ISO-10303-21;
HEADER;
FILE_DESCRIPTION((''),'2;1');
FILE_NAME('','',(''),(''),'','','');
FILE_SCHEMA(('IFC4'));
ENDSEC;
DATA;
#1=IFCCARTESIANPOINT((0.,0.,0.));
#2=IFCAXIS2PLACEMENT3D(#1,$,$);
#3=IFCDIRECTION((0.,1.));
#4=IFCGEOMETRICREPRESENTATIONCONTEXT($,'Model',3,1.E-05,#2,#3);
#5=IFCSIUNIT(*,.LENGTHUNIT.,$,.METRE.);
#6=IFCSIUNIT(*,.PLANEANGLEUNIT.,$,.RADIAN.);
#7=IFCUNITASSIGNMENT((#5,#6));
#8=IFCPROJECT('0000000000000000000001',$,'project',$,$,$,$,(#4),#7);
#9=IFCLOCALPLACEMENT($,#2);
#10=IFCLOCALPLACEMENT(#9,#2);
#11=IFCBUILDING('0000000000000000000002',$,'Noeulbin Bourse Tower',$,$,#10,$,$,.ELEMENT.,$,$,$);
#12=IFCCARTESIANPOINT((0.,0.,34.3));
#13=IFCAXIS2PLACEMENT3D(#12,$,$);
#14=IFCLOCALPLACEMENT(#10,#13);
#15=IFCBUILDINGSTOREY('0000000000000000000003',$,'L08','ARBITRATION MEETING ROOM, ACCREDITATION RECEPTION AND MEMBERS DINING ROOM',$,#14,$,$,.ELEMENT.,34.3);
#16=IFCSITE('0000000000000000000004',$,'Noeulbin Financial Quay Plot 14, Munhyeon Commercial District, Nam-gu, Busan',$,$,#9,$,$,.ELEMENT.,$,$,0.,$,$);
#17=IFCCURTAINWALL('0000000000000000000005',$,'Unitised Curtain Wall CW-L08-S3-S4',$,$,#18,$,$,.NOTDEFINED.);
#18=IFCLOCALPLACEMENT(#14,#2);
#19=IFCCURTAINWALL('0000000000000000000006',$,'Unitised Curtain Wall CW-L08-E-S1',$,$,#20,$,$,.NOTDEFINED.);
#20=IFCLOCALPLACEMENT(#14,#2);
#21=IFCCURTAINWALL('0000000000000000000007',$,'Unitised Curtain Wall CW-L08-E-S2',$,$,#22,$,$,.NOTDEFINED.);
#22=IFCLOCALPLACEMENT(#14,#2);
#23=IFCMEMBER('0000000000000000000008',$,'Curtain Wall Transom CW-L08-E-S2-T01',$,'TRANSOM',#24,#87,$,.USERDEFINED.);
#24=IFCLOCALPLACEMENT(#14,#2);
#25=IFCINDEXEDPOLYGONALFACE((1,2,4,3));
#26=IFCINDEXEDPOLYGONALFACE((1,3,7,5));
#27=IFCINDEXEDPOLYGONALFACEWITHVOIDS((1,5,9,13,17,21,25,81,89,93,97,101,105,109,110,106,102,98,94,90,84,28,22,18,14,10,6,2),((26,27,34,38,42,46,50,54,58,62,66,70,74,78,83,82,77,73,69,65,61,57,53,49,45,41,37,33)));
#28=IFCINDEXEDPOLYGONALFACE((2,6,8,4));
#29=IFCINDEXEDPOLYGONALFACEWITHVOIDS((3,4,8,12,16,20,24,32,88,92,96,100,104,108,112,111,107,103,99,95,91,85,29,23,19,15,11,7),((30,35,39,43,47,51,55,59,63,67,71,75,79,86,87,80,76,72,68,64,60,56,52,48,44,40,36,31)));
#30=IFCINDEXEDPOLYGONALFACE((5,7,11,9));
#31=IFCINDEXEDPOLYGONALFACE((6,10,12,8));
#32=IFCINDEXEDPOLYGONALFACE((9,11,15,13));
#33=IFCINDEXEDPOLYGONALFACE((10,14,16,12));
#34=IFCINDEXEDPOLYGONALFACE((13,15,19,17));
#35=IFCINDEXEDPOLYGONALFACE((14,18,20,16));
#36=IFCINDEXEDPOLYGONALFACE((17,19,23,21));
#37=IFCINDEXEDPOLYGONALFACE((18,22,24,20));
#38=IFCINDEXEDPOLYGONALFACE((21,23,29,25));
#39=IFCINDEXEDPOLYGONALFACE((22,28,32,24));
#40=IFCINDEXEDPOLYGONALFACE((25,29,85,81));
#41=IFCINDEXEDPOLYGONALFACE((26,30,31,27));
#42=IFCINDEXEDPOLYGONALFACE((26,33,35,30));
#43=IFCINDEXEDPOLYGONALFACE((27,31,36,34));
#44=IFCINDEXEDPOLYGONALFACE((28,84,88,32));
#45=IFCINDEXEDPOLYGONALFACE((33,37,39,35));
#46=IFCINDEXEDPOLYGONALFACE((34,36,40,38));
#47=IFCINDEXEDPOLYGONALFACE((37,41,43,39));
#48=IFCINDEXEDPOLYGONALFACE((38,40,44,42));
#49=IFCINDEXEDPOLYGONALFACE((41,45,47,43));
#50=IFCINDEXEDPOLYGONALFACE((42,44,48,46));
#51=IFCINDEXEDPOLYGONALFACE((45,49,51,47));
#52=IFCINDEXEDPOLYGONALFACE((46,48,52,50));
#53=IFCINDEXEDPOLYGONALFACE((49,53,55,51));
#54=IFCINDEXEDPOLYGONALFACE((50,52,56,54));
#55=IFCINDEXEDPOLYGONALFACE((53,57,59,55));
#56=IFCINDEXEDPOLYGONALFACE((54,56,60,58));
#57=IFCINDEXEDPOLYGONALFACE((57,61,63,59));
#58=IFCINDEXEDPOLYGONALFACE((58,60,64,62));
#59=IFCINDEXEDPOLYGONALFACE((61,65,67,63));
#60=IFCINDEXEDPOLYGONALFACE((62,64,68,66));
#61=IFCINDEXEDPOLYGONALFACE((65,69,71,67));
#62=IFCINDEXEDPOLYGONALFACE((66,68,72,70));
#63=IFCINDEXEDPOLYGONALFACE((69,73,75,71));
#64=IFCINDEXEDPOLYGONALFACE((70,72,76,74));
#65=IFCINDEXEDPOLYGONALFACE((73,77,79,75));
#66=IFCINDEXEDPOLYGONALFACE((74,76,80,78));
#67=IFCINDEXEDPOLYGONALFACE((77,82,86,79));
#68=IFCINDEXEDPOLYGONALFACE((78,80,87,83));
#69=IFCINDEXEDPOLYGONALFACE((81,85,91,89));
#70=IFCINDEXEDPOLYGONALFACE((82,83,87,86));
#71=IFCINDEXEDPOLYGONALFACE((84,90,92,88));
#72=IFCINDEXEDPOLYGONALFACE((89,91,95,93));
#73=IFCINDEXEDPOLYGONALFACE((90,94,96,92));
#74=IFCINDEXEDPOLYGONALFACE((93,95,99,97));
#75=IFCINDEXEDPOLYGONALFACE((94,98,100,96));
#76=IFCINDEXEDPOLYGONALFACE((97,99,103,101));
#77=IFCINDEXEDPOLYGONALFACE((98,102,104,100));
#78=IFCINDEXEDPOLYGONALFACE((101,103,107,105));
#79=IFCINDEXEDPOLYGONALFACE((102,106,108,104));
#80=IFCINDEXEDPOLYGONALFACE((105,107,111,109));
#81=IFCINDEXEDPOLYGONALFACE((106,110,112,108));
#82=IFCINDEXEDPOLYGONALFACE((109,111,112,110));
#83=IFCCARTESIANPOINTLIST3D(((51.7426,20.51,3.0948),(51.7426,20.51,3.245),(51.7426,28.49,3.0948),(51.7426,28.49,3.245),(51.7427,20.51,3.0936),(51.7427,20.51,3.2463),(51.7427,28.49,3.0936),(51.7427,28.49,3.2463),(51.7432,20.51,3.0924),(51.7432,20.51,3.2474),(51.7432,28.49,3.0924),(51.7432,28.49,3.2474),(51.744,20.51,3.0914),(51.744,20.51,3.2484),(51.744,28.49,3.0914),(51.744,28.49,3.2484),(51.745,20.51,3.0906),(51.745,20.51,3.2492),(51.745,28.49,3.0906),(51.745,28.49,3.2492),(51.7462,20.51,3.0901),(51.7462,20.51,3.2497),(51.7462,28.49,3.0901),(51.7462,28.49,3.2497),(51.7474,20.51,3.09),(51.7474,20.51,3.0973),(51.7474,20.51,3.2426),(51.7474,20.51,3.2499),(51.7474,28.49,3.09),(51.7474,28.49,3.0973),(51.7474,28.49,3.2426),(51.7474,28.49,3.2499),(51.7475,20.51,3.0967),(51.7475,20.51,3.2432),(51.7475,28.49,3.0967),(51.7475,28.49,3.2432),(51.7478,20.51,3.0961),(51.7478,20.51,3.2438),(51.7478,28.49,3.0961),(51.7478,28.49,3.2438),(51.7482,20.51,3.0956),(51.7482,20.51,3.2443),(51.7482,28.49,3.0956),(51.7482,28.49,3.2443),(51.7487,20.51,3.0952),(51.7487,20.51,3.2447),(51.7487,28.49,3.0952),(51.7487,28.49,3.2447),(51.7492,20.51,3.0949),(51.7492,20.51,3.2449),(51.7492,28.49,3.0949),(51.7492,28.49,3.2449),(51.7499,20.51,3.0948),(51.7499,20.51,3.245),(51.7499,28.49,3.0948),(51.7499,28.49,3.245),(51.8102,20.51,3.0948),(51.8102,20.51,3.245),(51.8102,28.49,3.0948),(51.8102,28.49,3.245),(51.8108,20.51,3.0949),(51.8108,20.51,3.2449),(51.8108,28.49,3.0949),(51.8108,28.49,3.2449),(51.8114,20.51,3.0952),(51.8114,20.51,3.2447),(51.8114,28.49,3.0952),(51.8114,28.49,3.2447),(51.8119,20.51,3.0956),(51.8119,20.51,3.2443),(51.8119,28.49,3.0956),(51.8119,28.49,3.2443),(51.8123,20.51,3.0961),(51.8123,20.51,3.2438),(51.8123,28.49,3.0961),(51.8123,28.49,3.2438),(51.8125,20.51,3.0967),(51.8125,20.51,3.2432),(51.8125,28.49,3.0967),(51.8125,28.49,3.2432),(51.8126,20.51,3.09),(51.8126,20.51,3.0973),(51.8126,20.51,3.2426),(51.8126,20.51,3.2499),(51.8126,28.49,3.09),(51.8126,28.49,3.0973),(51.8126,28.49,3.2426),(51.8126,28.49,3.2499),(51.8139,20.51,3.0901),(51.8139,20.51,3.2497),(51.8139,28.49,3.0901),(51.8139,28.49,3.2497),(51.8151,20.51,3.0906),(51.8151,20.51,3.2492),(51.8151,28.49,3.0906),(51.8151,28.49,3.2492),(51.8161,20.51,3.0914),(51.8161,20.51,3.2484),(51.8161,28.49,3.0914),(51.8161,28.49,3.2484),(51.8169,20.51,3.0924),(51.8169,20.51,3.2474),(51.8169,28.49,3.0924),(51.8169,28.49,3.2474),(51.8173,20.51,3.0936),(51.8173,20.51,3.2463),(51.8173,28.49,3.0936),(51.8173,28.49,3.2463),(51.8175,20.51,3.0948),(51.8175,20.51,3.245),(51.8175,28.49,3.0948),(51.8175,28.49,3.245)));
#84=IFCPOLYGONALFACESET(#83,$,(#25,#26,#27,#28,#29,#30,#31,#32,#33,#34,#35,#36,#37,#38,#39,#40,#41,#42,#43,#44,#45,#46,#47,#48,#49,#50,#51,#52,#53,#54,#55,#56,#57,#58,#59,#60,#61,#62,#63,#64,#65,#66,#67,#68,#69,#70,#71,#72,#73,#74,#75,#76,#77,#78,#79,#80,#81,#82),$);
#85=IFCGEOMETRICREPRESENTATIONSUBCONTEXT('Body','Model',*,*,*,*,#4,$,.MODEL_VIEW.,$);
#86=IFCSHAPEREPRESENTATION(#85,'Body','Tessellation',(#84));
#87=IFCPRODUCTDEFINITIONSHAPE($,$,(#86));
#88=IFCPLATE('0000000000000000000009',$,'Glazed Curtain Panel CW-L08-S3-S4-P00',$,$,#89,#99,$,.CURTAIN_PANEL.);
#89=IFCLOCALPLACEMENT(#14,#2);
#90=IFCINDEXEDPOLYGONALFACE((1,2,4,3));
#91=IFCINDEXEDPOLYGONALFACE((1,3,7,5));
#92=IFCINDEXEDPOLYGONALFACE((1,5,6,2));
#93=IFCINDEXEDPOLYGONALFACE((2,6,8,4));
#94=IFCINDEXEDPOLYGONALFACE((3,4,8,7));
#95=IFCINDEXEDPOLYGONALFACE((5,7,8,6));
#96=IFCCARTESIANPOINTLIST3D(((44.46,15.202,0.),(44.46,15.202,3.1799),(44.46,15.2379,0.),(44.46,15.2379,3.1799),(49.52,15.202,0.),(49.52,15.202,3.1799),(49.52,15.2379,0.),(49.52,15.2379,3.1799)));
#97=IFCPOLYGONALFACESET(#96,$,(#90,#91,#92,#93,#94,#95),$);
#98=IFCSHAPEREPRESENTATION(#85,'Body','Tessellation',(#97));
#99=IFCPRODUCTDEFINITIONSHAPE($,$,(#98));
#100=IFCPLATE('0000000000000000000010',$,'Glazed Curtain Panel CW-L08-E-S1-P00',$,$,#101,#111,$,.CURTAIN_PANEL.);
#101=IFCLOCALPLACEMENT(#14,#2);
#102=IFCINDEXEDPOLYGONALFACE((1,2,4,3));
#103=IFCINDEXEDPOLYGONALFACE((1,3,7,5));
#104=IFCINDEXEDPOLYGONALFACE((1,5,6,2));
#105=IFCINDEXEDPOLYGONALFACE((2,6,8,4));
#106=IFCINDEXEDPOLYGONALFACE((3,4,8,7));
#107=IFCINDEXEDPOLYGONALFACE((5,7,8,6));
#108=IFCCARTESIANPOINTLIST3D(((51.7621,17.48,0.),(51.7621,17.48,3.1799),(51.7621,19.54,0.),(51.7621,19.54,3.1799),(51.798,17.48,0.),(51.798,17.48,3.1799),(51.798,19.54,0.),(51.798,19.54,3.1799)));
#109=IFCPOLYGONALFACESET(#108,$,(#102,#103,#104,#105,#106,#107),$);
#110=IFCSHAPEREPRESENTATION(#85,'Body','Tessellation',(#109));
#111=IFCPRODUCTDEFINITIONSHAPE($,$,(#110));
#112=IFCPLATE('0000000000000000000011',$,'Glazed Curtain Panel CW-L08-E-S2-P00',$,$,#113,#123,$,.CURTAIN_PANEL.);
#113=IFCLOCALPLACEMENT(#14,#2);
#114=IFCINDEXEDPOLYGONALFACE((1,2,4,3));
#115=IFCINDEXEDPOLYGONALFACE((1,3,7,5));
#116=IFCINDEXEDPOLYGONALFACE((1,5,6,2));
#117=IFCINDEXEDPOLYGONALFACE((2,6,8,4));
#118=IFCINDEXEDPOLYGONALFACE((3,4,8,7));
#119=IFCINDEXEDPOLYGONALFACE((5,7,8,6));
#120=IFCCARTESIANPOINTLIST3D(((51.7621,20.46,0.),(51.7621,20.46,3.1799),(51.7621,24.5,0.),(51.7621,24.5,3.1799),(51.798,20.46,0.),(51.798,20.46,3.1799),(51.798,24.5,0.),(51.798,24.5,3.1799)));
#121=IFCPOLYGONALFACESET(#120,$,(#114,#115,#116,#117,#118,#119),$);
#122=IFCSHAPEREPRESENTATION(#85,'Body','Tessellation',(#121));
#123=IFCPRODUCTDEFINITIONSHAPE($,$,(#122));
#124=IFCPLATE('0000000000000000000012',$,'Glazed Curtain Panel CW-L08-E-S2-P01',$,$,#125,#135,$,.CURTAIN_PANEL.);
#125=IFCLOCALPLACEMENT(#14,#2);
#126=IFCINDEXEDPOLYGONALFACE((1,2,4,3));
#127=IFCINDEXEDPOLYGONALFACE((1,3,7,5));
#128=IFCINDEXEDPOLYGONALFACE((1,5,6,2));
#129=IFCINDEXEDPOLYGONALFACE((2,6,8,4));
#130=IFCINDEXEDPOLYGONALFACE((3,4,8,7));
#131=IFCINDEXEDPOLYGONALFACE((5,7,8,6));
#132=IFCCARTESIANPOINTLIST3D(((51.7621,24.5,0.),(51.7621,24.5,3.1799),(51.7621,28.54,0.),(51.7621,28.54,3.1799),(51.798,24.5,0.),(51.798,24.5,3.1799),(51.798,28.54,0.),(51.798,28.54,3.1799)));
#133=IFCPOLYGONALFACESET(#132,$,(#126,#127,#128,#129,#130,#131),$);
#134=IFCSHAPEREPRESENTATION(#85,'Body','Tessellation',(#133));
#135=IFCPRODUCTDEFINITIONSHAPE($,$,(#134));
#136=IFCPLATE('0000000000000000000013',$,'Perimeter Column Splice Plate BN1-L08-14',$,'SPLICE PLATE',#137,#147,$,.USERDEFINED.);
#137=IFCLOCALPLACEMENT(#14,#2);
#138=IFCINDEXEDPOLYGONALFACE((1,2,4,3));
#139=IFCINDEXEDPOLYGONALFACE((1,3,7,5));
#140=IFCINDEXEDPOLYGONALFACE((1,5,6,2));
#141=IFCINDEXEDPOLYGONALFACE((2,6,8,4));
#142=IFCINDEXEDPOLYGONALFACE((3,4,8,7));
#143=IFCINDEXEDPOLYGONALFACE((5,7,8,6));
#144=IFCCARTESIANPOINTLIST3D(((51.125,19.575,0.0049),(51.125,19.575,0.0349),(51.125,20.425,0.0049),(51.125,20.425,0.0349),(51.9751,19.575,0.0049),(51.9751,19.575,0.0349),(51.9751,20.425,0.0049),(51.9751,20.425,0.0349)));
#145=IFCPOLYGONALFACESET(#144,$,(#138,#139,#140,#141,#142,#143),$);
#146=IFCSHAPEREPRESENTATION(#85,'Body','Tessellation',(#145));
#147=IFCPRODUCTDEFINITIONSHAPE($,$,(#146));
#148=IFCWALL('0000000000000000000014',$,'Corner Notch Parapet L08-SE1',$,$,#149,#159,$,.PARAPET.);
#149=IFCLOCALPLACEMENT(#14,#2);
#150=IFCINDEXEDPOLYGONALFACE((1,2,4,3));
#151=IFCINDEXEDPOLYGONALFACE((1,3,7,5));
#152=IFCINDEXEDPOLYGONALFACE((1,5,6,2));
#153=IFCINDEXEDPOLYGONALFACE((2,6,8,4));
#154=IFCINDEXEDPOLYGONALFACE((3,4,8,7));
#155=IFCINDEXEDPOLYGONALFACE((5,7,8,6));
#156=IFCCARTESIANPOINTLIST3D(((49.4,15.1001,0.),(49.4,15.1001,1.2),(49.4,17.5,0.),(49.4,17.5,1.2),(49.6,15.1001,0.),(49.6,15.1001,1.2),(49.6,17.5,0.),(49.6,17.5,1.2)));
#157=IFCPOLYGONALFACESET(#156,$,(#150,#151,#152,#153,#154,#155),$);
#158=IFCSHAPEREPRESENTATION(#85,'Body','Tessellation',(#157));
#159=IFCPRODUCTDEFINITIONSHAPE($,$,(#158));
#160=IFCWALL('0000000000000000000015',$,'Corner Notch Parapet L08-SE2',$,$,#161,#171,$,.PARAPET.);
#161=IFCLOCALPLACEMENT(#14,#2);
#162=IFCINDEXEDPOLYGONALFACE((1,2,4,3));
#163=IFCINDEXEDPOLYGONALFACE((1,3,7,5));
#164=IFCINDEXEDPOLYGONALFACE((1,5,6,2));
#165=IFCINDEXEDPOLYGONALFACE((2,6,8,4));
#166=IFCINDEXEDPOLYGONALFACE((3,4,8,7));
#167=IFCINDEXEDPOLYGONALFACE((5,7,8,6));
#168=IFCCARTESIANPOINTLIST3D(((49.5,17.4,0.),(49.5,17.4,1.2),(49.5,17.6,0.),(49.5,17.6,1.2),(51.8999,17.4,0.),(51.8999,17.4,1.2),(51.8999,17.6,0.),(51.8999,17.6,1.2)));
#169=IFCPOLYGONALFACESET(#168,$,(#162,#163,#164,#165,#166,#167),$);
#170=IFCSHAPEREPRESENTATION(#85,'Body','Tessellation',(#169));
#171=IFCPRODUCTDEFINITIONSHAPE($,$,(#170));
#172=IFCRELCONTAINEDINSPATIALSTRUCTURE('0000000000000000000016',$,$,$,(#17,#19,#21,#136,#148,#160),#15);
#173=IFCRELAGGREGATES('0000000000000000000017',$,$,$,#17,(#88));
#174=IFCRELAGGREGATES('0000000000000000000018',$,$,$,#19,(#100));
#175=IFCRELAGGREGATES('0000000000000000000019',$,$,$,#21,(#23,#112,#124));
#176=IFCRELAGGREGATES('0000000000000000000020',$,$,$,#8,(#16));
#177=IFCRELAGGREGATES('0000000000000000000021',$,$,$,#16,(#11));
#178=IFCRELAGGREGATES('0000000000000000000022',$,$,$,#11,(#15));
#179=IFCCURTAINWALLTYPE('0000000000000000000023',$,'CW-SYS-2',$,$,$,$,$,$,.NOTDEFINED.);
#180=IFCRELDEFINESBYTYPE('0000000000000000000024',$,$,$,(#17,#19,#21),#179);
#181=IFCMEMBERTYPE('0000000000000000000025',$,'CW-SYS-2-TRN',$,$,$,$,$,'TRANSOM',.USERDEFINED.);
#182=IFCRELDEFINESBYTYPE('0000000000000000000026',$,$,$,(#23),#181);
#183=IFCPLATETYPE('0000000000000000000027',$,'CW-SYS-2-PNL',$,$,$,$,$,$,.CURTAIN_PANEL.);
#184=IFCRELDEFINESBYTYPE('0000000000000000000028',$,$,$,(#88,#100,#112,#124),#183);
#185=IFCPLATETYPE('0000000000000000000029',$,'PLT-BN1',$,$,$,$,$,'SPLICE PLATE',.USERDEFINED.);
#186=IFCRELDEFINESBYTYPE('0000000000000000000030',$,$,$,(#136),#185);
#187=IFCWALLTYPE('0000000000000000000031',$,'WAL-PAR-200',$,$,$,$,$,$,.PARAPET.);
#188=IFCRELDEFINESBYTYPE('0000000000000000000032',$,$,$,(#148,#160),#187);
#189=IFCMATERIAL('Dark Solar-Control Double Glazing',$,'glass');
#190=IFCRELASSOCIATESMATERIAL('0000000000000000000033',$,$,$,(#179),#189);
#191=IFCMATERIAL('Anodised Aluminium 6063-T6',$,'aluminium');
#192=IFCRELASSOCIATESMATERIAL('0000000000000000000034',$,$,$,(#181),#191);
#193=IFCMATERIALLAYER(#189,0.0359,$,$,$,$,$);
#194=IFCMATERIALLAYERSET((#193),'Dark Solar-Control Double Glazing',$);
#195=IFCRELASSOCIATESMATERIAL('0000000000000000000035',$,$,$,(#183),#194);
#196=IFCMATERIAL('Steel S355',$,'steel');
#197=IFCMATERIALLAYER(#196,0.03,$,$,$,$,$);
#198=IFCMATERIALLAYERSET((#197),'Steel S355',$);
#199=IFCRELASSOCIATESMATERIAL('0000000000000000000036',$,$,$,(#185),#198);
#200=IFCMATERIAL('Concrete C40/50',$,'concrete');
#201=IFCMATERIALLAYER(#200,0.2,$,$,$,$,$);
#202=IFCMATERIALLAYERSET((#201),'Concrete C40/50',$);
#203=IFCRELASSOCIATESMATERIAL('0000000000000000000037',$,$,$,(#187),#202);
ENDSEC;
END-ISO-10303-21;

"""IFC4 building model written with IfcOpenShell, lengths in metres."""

from ifc_helpers import new_model, si_unit, direction, frame, frame_2d, origin, origin_2d, place, context, subcontext, project, spatial, rectangle, hollow_rectangle, extrude, material, layer, layer_set, material_profile, profile_set, type_object, element, aggregate, save


model = new_model("IFC4")

# Units and contexts
model_context = context("Model", 3, precision=1e-05, world=origin(), true_north=direction((0.0, 1.0)))
body_context = subcontext(model_context, "Body", "Model", "MODEL_VIEW")
ifc_project = project(units=[si_unit("LENGTHUNIT", "METRE"), si_unit("PLANEANGLEUNIT", "RADIAN")], contexts=[model_context])

# Site, building, storey
site_placement = place(None, origin())
site = spatial("IfcSite", under=ifc_project, at=site_placement, Name="Noeulbin Financial Quay Plot 14, Munhyeon Commercial District, Nam-gu, Busan", CompositionType="ELEMENT", RefElevation=0.0)
building_placement = place(site_placement, origin())
building = spatial("IfcBuilding", under=site, at=building_placement, Name="Noeulbin Bourse Tower", CompositionType="ELEMENT")
storey_placement = place(building_placement, frame((0.0, 0.0, 34.3)))
storey = spatial("IfcBuildingStorey", under=building, at=storey_placement, Name="L08", Description="ARBITRATION MEETING ROOM, ACCREDITATION RECEPTION AND MEMBERS DINING ROOM", CompositionType="ELEMENT", Elevation=34.3)

# Shared definitions
ifc_material_1 = material(Name="Steel S355", Category="steel")

# Curtain walls
ifc_material_2 = material(Name="Dark Solar-Control Double Glazing", Category="glass")
curtain_wall_type = type_object("IfcCurtainWallType", Name="CW-SYS-2", PredefinedType="NOTDEFINED", material=ifc_material_2)
curtain_wall_1_placement = place(storey_placement, origin())
curtain_wall_1 = element("IfcCurtainWall", 1, at=curtain_wall_1_placement, inside=storey, type_object=curtain_wall_type, Name="Unitised Curtain Wall CW-L08-S3-S4", PredefinedType="NOTDEFINED")
ifc_material_3 = material(Name="Anodised Aluminium 6063-T6", Category="aluminium")
curtain_wall_2_placement = place(storey_placement, origin())
curtain_wall_2 = element("IfcCurtainWall", 2, at=curtain_wall_2_placement, inside=storey, type_object=curtain_wall_type, Name="Unitised Curtain Wall CW-L08-E-S1", PredefinedType="NOTDEFINED")
curtain_wall_3_placement = place(storey_placement, origin())
curtain_wall_3 = element("IfcCurtainWall", 3, at=curtain_wall_3_placement, inside=storey, type_object=curtain_wall_type, Name="Unitised Curtain Wall CW-L08-E-S2", PredefinedType="NOTDEFINED")

# Member
ifc_material_profile_1 = material_profile(ifc_material_3, hollow_rectangle(XDim=0.075, YDim=0.1599, WallThickness=0.0049, InnerFilletRadius=0.0024, OuterFilletRadius=0.0049, at=origin_2d()), Name="ALU-TRAN-75x160x5", Category="LoadBearing")
ifc_profile_set_1 = profile_set([ifc_material_profile_1], Name="Anodised Aluminium 6063-T6")
member_type_1 = type_object("IfcMemberType", Name="CW-SYS-2-TRN", ElementType="TRANSOM", PredefinedType="USERDEFINED", material=ifc_profile_set_1)
member_1_placement = place(storey_placement, frame((51.78, 20.51, 3.1699), z_axis=(0.0, 1.0, 0.0), x_axis=(-1.0, 0.0, 0.0)))
member_1 = element("IfcMember", 4, at=member_1_placement, type_object=member_type_1, Name="Curtain Wall Transom CW-L08-E-S2-T01", ObjectType="TRANSOM", PredefinedType="USERDEFINED", context=body_context, shape_type="SweptSolid", body=[
    extrude(hollow_rectangle(XDim=0.075, YDim=0.1599, WallThickness=0.0049, InnerFilletRadius=0.0024, OuterFilletRadius=0.0049, at=origin_2d()), origin(), (0.0, 0.0, 1.0), 7.98),
])

# Plates
ifc_layer_1 = layer(ifc_material_2, 0.0359)
ifc_layer_set_1 = layer_set([ifc_layer_1], Name="Dark Solar-Control Double Glazing")
plate_type_1 = type_object("IfcPlateType", Name="CW-SYS-2-PNL", PredefinedType="CURTAIN_PANEL", material=ifc_layer_set_1)
plate_1_placement = place(storey_placement, frame((46.99, 15.22, 0.0), z_axis=(0.0, 0.0, 1.0), x_axis=(1.0, 0.0, 0.0)))
plate_1 = element("IfcPlate", 5, at=plate_1_placement, type_object=plate_type_1, Name="Glazed Curtain Panel CW-L08-S3-S4-P00", PredefinedType="CURTAIN_PANEL", context=body_context, shape_type="SweptSolid", body=[
    extrude(rectangle(XDim=5.0601, YDim=0.0359, at=origin_2d()), origin(), (0.0, 0.0, 1.0), 3.1799),
])
aggregate(curtain_wall_1, [plate_1])
plate_2_placement = place(storey_placement, frame((51.78, 18.51, 0.0), z_axis=(0.0, 0.0, 1.0), x_axis=(0.0, 1.0, 0.0)))
plate_2 = element("IfcPlate", 6, at=plate_2_placement, type_object=plate_type_1, Name="Glazed Curtain Panel CW-L08-E-S1-P00", PredefinedType="CURTAIN_PANEL", context=body_context, shape_type="SweptSolid", body=[
    extrude(rectangle(XDim=2.0601, YDim=0.0359, at=origin_2d()), origin(), (0.0, 0.0, 1.0), 3.1799),
])
aggregate(curtain_wall_2, [plate_2])
plate_3_placement = place(storey_placement, frame((51.78, 22.48, 0.0), z_axis=(0.0, 0.0, 1.0), x_axis=(0.0, 1.0, 0.0)))
plate_3 = element("IfcPlate", 7, at=plate_3_placement, type_object=plate_type_1, Name="Glazed Curtain Panel CW-L08-E-S2-P00", PredefinedType="CURTAIN_PANEL", context=body_context, shape_type="SweptSolid", body=[
    extrude(rectangle(XDim=4.04, YDim=0.0359, at=origin_2d()), origin(), (0.0, 0.0, 1.0), 3.1799),
])
plate_4_placement = place(storey_placement, frame((51.78, 26.52, 0.0), z_axis=(0.0, 0.0, 1.0), x_axis=(0.0, 1.0, 0.0)))
plate_4 = element("IfcPlate", 8, at=plate_4_placement, type_object=plate_type_1, Name="Glazed Curtain Panel CW-L08-E-S2-P01", PredefinedType="CURTAIN_PANEL", context=body_context, shape_type="SweptSolid", body=[
    extrude(rectangle(XDim=4.04, YDim=0.0359, at=origin_2d()), origin(), (0.0, 0.0, 1.0), 3.1799),
])
aggregate(curtain_wall_3, [member_1, plate_3, plate_4])
ifc_layer_2 = layer(ifc_material_1, 0.03)
ifc_layer_set_2 = layer_set([ifc_layer_2], Name="Steel S355")
plate_type_2 = type_object("IfcPlateType", Name="PLT-BN1", ElementType="SPLICE PLATE", PredefinedType="USERDEFINED", material=ifc_layer_set_2)
plate_5_placement = place(storey_placement, frame((51.55, 20.0, 0.0049), z_axis=(0.0, 0.0, 1.0), x_axis=(1.0, 0.0, 0.0)))
element("IfcPlate", 9, at=plate_5_placement, inside=storey, type_object=plate_type_2, Name="Perimeter Column Splice Plate BN1-L08-14", ObjectType="SPLICE PLATE", PredefinedType="USERDEFINED", context=body_context, shape_type="SweptSolid", body=[
    extrude(rectangle(XDim=0.8501, YDim=0.8501, at=origin_2d()), origin(), (0.0, 0.0, 1.0), 0.03),
])

# Walls
ifc_material_4 = material(Name="Concrete C40/50", Category="concrete")
ifc_layer_3 = layer(ifc_material_4, 0.2)
ifc_layer_set_3 = layer_set([ifc_layer_3], Name="Concrete C40/50")
wall_type_1 = type_object("IfcWallType", Name="WAL-PAR-200", PredefinedType="PARAPET", material=ifc_layer_set_3)
for number, where, z_axis, x_axis, name in (
    (10, (49.5, 15.1001, 0.0), (0.0, 0.0, 1.0), (0.0, 1.0, 0.0), "Corner Notch Parapet L08-SE1"),
    (11, (49.5, 17.5, 0.0), (0.0, 0.0, 1.0), (1.0, 0.0, 0.0), "Corner Notch Parapet L08-SE2"),
):
    element("IfcWall", number, at=place(storey_placement, frame(where, z_axis=z_axis, x_axis=x_axis)), inside=storey, type_object=wall_type_1, Name=name, PredefinedType="PARAPET", context=body_context, shape_type="SweptSolid", body=[
        extrude(rectangle(XDim=2.3999, YDim=0.2, at=frame_2d((1.2, 0.0))), origin(), (0.0, 0.0, 1.0), 1.2),
    ])

save(model, "model.ifc")
